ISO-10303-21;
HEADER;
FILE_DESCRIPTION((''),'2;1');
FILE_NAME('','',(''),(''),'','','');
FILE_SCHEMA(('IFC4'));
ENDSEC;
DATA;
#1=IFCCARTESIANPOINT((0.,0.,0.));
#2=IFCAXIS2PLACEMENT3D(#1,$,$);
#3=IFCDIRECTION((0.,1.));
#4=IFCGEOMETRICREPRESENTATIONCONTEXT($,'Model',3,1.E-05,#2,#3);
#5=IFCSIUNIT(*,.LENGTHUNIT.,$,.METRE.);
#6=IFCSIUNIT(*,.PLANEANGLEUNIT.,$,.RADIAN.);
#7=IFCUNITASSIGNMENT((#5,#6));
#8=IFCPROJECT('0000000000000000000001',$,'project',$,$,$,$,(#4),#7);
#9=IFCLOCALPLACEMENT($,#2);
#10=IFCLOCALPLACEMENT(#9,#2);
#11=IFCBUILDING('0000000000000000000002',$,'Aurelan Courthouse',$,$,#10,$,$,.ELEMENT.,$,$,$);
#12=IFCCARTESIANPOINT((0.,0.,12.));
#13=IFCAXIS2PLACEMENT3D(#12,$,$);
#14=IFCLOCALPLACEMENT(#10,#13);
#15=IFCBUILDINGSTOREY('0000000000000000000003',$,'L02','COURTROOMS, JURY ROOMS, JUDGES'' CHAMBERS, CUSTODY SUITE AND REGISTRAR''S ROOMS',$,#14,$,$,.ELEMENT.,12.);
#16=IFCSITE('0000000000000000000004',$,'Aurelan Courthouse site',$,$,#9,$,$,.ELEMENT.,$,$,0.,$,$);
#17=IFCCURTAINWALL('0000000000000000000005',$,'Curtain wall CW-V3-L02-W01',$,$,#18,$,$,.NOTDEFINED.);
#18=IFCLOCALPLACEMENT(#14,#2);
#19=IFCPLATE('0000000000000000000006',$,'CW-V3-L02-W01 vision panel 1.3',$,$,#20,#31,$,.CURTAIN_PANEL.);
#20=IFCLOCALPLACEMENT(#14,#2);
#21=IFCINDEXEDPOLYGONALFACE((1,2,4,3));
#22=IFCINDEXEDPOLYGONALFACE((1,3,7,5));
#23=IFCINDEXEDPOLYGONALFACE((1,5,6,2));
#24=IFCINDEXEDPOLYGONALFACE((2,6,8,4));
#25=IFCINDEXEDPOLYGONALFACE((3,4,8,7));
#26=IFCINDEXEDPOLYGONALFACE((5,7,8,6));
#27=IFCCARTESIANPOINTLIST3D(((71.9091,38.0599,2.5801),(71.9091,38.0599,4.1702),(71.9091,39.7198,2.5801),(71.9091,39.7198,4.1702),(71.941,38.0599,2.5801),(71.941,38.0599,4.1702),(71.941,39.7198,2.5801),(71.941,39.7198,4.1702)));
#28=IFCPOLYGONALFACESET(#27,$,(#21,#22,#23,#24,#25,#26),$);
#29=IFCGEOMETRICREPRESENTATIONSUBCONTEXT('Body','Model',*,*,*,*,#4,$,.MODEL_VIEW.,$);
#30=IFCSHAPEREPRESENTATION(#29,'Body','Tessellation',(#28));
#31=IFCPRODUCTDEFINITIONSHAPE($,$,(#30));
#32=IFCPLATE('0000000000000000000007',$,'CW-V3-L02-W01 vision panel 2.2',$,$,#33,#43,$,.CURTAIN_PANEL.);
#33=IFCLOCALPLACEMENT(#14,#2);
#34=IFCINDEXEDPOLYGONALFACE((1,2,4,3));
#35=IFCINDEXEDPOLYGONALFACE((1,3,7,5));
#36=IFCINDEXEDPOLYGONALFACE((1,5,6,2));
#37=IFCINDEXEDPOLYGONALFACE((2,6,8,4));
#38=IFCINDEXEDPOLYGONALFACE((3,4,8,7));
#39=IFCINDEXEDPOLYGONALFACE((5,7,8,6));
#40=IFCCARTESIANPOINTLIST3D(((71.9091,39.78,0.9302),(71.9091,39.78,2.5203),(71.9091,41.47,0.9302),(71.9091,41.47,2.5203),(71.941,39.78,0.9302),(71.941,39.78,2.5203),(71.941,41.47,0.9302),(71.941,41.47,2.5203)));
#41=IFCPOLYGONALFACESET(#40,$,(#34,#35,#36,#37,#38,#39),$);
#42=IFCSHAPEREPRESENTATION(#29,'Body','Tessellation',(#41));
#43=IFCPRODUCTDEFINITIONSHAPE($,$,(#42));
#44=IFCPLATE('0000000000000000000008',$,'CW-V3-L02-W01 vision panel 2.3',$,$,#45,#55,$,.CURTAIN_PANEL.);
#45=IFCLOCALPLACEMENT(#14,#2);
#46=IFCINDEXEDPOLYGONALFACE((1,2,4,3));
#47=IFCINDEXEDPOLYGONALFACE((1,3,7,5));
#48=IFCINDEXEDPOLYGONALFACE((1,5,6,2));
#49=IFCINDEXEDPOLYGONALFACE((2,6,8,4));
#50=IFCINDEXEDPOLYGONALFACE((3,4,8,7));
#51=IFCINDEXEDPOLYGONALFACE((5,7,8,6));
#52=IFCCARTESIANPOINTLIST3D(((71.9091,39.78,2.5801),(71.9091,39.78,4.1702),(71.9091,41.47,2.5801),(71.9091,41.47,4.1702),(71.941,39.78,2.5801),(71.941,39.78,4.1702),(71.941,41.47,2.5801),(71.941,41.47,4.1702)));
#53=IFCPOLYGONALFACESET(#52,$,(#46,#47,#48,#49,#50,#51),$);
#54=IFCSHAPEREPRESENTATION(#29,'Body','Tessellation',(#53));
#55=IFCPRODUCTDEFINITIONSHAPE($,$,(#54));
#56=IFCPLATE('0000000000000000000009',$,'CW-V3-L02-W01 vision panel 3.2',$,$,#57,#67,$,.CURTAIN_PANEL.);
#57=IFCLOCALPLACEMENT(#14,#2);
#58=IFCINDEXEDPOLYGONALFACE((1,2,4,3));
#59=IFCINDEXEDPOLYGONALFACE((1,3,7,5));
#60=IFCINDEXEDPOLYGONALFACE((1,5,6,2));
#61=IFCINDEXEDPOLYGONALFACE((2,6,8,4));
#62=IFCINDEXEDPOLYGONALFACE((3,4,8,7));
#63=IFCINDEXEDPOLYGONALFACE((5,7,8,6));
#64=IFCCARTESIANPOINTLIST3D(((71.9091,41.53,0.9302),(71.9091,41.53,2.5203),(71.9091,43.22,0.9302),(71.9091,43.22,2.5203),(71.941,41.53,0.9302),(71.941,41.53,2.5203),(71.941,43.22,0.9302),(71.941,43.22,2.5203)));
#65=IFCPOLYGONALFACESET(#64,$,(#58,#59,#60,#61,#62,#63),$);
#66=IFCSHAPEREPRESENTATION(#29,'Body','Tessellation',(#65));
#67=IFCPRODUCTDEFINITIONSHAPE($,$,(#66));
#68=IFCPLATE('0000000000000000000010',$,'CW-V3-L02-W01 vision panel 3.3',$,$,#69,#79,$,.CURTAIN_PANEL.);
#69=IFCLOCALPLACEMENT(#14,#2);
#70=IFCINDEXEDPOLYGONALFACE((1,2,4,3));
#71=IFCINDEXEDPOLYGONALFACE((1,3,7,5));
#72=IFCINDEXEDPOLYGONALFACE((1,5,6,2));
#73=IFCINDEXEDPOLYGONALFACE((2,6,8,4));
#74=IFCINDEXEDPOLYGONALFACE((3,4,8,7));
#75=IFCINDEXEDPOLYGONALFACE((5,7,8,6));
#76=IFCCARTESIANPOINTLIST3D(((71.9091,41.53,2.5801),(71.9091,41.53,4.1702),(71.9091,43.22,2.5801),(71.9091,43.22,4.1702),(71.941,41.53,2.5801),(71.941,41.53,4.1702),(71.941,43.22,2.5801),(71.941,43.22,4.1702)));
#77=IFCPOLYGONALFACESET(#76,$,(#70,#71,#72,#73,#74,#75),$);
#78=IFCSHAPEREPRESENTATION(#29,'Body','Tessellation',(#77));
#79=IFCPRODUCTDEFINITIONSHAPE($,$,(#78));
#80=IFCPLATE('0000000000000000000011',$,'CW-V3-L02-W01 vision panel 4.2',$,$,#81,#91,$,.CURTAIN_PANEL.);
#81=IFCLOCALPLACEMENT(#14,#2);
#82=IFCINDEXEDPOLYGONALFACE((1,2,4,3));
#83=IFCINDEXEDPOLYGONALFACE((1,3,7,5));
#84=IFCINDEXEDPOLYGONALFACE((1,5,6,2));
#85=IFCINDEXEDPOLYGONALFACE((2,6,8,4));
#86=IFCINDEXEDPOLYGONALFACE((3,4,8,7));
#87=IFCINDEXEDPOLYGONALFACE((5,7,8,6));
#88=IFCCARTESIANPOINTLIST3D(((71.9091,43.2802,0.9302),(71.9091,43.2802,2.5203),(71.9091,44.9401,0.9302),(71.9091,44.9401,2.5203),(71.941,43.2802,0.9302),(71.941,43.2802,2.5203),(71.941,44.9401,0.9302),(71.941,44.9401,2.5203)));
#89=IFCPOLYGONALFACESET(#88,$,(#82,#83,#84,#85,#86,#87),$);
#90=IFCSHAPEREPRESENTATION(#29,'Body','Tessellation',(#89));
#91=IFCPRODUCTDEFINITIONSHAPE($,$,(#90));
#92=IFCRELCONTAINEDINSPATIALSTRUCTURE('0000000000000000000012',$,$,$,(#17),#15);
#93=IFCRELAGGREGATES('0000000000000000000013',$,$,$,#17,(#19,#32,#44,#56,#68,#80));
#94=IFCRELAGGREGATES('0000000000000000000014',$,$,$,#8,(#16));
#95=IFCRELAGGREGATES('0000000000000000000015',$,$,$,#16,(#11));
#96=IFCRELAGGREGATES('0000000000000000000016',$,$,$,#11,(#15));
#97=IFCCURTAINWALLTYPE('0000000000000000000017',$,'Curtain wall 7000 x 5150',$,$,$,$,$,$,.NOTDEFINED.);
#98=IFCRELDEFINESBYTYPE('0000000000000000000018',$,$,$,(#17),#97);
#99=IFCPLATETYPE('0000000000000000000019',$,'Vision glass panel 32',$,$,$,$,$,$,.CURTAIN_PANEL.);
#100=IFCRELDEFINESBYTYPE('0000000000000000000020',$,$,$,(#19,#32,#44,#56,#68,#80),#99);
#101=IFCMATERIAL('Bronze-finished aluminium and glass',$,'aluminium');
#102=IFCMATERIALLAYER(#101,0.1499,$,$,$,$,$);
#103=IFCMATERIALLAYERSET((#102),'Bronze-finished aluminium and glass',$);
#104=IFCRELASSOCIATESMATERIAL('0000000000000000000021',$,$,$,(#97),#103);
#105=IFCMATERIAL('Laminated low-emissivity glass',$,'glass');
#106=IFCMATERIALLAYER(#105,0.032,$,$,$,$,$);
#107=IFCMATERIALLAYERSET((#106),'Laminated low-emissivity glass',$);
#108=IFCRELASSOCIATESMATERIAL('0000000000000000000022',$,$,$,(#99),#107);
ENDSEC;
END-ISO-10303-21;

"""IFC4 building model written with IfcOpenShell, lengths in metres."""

from ifc_helpers import new_model, si_unit, direction, frame, origin, origin_2d, place, context, subcontext, project, spatial, rectangle, extrude, material, layer, layer_set, type_object, element, aggregate, save


model = new_model("IFC4")

# Units and contexts
model_context = context("Model", 3, precision=1e-05, world=origin(), true_north=direction((0.0, 1.0)))
body_context = subcontext(model_context, "Body", "Model", "MODEL_VIEW")
ifc_project = project(units=[si_unit("LENGTHUNIT", "METRE"), si_unit("PLANEANGLEUNIT", "RADIAN")], contexts=[model_context])

# Site, building, storey
site_placement = place(None, origin())
site = spatial("IfcSite", under=ifc_project, at=site_placement, Name="Aurelan Courthouse site", CompositionType="ELEMENT", RefElevation=0.0)
building_placement = place(site_placement, origin())
building = spatial("IfcBuilding", under=site, at=building_placement, Name="Aurelan Courthouse", CompositionType="ELEMENT")
storey_placement = place(building_placement, frame((0.0, 0.0, 12.0)))
storey = spatial("IfcBuildingStorey", under=building, at=storey_placement, Name="L02", Description="COURTROOMS, JURY ROOMS, JUDGES' CHAMBERS, CUSTODY SUITE AND REGISTRAR'S ROOMS", CompositionType="ELEMENT", Elevation=12.0)

# Curtain wall, plates
ifc_material_1 = material(Name="Bronze-finished aluminium and glass", Category="aluminium")
ifc_layer_1 = layer(ifc_material_1, 0.1499)
ifc_layer_set_1 = layer_set([ifc_layer_1], Name="Bronze-finished aluminium and glass")
curtain_wall_type = type_object("IfcCurtainWallType", Name="Curtain wall 7000 x 5150", PredefinedType="NOTDEFINED", material=ifc_layer_set_1)
curtain_wall_placement = place(storey_placement, origin())
curtain_wall = element("IfcCurtainWall", 1, at=curtain_wall_placement, inside=storey, type_object=curtain_wall_type, Name="Curtain wall CW-V3-L02-W01", PredefinedType="NOTDEFINED")
ifc_material_2 = material(Name="Laminated low-emissivity glass", Category="glass")
ifc_layer_2 = layer(ifc_material_2, 0.032)
ifc_layer_set_2 = layer_set([ifc_layer_2], Name="Laminated low-emissivity glass")
plate_type_1 = type_object("IfcPlateType", Name="Vision glass panel 32", PredefinedType="CURTAIN_PANEL", material=ifc_layer_set_2)
plate_1_placement = place(storey_placement, frame((71.925, 38.8899, 2.5801), z_axis=(0.0, 0.0, 1.0), x_axis=(0.0, 1.0, 0.0)))
plate_1 = element("IfcPlate", 2, at=plate_1_placement, type_object=plate_type_1, Name="CW-V3-L02-W01 vision panel 1.3", PredefinedType="CURTAIN_PANEL", context=body_context, shape_type="SweptSolid", body=[
    extrude(rectangle(XDim=1.6599, YDim=0.032, at=origin_2d()), origin(), (0.0, 0.0, 1.0), 1.5901),
])
plate_2_placement = place(storey_placement, frame((71.925, 40.625, 0.9302), z_axis=(0.0, 0.0, 1.0), x_axis=(0.0, 1.0, 0.0)))
plate_2 = element("IfcPlate", 3, at=plate_2_placement, type_object=plate_type_1, Name="CW-V3-L02-W01 vision panel 2.2", PredefinedType="CURTAIN_PANEL", context=body_context, shape_type="SweptSolid", body=[
    extrude(rectangle(XDim=1.6899, YDim=0.032, at=origin_2d()), origin(), (0.0, 0.0, 1.0), 1.5901),
])
plate_3_placement = place(storey_placement, frame((71.925, 40.625, 2.5801), z_axis=(0.0, 0.0, 1.0), x_axis=(0.0, 1.0, 0.0)))
plate_3 = element("IfcPlate", 4, at=plate_3_placement, type_object=plate_type_1, Name="CW-V3-L02-W01 vision panel 2.3", PredefinedType="CURTAIN_PANEL", context=body_context, shape_type="SweptSolid", body=[
    extrude(rectangle(XDim=1.6899, YDim=0.032, at=origin_2d()), origin(), (0.0, 0.0, 1.0), 1.5901),
])
plate_4_placement = place(storey_placement, frame((71.925, 42.375, 0.9302), z_axis=(0.0, 0.0, 1.0), x_axis=(0.0, 1.0, 0.0)))
plate_4 = element("IfcPlate", 5, at=plate_4_placement, type_object=plate_type_1, Name="CW-V3-L02-W01 vision panel 3.2", PredefinedType="CURTAIN_PANEL", context=body_context, shape_type="SweptSolid", body=[
    extrude(rectangle(XDim=1.6899, YDim=0.032, at=origin_2d()), origin(), (0.0, 0.0, 1.0), 1.5901),
])
plate_5_placement = place(storey_placement, frame((71.925, 42.375, 2.5801), z_axis=(0.0, 0.0, 1.0), x_axis=(0.0, 1.0, 0.0)))
plate_5 = element("IfcPlate", 6, at=plate_5_placement, type_object=plate_type_1, Name="CW-V3-L02-W01 vision panel 3.3", PredefinedType="CURTAIN_PANEL", context=body_context, shape_type="SweptSolid", body=[
    extrude(rectangle(XDim=1.6899, YDim=0.032, at=origin_2d()), origin(), (0.0, 0.0, 1.0), 1.5901),
])
plate_6_placement = place(storey_placement, frame((71.925, 44.1101, 0.9302), z_axis=(0.0, 0.0, 1.0), x_axis=(0.0, 1.0, 0.0)))
plate_6 = element("IfcPlate", 7, at=plate_6_placement, type_object=plate_type_1, Name="CW-V3-L02-W01 vision panel 4.2", PredefinedType="CURTAIN_PANEL", context=body_context, shape_type="SweptSolid", body=[
    extrude(rectangle(XDim=1.6599, YDim=0.032, at=origin_2d()), origin(), (0.0, 0.0, 1.0), 1.5901),
])
aggregate(curtain_wall, [plate_1, plate_2, plate_3, plate_4, plate_5, plate_6])

save(model, "model.ifc")
